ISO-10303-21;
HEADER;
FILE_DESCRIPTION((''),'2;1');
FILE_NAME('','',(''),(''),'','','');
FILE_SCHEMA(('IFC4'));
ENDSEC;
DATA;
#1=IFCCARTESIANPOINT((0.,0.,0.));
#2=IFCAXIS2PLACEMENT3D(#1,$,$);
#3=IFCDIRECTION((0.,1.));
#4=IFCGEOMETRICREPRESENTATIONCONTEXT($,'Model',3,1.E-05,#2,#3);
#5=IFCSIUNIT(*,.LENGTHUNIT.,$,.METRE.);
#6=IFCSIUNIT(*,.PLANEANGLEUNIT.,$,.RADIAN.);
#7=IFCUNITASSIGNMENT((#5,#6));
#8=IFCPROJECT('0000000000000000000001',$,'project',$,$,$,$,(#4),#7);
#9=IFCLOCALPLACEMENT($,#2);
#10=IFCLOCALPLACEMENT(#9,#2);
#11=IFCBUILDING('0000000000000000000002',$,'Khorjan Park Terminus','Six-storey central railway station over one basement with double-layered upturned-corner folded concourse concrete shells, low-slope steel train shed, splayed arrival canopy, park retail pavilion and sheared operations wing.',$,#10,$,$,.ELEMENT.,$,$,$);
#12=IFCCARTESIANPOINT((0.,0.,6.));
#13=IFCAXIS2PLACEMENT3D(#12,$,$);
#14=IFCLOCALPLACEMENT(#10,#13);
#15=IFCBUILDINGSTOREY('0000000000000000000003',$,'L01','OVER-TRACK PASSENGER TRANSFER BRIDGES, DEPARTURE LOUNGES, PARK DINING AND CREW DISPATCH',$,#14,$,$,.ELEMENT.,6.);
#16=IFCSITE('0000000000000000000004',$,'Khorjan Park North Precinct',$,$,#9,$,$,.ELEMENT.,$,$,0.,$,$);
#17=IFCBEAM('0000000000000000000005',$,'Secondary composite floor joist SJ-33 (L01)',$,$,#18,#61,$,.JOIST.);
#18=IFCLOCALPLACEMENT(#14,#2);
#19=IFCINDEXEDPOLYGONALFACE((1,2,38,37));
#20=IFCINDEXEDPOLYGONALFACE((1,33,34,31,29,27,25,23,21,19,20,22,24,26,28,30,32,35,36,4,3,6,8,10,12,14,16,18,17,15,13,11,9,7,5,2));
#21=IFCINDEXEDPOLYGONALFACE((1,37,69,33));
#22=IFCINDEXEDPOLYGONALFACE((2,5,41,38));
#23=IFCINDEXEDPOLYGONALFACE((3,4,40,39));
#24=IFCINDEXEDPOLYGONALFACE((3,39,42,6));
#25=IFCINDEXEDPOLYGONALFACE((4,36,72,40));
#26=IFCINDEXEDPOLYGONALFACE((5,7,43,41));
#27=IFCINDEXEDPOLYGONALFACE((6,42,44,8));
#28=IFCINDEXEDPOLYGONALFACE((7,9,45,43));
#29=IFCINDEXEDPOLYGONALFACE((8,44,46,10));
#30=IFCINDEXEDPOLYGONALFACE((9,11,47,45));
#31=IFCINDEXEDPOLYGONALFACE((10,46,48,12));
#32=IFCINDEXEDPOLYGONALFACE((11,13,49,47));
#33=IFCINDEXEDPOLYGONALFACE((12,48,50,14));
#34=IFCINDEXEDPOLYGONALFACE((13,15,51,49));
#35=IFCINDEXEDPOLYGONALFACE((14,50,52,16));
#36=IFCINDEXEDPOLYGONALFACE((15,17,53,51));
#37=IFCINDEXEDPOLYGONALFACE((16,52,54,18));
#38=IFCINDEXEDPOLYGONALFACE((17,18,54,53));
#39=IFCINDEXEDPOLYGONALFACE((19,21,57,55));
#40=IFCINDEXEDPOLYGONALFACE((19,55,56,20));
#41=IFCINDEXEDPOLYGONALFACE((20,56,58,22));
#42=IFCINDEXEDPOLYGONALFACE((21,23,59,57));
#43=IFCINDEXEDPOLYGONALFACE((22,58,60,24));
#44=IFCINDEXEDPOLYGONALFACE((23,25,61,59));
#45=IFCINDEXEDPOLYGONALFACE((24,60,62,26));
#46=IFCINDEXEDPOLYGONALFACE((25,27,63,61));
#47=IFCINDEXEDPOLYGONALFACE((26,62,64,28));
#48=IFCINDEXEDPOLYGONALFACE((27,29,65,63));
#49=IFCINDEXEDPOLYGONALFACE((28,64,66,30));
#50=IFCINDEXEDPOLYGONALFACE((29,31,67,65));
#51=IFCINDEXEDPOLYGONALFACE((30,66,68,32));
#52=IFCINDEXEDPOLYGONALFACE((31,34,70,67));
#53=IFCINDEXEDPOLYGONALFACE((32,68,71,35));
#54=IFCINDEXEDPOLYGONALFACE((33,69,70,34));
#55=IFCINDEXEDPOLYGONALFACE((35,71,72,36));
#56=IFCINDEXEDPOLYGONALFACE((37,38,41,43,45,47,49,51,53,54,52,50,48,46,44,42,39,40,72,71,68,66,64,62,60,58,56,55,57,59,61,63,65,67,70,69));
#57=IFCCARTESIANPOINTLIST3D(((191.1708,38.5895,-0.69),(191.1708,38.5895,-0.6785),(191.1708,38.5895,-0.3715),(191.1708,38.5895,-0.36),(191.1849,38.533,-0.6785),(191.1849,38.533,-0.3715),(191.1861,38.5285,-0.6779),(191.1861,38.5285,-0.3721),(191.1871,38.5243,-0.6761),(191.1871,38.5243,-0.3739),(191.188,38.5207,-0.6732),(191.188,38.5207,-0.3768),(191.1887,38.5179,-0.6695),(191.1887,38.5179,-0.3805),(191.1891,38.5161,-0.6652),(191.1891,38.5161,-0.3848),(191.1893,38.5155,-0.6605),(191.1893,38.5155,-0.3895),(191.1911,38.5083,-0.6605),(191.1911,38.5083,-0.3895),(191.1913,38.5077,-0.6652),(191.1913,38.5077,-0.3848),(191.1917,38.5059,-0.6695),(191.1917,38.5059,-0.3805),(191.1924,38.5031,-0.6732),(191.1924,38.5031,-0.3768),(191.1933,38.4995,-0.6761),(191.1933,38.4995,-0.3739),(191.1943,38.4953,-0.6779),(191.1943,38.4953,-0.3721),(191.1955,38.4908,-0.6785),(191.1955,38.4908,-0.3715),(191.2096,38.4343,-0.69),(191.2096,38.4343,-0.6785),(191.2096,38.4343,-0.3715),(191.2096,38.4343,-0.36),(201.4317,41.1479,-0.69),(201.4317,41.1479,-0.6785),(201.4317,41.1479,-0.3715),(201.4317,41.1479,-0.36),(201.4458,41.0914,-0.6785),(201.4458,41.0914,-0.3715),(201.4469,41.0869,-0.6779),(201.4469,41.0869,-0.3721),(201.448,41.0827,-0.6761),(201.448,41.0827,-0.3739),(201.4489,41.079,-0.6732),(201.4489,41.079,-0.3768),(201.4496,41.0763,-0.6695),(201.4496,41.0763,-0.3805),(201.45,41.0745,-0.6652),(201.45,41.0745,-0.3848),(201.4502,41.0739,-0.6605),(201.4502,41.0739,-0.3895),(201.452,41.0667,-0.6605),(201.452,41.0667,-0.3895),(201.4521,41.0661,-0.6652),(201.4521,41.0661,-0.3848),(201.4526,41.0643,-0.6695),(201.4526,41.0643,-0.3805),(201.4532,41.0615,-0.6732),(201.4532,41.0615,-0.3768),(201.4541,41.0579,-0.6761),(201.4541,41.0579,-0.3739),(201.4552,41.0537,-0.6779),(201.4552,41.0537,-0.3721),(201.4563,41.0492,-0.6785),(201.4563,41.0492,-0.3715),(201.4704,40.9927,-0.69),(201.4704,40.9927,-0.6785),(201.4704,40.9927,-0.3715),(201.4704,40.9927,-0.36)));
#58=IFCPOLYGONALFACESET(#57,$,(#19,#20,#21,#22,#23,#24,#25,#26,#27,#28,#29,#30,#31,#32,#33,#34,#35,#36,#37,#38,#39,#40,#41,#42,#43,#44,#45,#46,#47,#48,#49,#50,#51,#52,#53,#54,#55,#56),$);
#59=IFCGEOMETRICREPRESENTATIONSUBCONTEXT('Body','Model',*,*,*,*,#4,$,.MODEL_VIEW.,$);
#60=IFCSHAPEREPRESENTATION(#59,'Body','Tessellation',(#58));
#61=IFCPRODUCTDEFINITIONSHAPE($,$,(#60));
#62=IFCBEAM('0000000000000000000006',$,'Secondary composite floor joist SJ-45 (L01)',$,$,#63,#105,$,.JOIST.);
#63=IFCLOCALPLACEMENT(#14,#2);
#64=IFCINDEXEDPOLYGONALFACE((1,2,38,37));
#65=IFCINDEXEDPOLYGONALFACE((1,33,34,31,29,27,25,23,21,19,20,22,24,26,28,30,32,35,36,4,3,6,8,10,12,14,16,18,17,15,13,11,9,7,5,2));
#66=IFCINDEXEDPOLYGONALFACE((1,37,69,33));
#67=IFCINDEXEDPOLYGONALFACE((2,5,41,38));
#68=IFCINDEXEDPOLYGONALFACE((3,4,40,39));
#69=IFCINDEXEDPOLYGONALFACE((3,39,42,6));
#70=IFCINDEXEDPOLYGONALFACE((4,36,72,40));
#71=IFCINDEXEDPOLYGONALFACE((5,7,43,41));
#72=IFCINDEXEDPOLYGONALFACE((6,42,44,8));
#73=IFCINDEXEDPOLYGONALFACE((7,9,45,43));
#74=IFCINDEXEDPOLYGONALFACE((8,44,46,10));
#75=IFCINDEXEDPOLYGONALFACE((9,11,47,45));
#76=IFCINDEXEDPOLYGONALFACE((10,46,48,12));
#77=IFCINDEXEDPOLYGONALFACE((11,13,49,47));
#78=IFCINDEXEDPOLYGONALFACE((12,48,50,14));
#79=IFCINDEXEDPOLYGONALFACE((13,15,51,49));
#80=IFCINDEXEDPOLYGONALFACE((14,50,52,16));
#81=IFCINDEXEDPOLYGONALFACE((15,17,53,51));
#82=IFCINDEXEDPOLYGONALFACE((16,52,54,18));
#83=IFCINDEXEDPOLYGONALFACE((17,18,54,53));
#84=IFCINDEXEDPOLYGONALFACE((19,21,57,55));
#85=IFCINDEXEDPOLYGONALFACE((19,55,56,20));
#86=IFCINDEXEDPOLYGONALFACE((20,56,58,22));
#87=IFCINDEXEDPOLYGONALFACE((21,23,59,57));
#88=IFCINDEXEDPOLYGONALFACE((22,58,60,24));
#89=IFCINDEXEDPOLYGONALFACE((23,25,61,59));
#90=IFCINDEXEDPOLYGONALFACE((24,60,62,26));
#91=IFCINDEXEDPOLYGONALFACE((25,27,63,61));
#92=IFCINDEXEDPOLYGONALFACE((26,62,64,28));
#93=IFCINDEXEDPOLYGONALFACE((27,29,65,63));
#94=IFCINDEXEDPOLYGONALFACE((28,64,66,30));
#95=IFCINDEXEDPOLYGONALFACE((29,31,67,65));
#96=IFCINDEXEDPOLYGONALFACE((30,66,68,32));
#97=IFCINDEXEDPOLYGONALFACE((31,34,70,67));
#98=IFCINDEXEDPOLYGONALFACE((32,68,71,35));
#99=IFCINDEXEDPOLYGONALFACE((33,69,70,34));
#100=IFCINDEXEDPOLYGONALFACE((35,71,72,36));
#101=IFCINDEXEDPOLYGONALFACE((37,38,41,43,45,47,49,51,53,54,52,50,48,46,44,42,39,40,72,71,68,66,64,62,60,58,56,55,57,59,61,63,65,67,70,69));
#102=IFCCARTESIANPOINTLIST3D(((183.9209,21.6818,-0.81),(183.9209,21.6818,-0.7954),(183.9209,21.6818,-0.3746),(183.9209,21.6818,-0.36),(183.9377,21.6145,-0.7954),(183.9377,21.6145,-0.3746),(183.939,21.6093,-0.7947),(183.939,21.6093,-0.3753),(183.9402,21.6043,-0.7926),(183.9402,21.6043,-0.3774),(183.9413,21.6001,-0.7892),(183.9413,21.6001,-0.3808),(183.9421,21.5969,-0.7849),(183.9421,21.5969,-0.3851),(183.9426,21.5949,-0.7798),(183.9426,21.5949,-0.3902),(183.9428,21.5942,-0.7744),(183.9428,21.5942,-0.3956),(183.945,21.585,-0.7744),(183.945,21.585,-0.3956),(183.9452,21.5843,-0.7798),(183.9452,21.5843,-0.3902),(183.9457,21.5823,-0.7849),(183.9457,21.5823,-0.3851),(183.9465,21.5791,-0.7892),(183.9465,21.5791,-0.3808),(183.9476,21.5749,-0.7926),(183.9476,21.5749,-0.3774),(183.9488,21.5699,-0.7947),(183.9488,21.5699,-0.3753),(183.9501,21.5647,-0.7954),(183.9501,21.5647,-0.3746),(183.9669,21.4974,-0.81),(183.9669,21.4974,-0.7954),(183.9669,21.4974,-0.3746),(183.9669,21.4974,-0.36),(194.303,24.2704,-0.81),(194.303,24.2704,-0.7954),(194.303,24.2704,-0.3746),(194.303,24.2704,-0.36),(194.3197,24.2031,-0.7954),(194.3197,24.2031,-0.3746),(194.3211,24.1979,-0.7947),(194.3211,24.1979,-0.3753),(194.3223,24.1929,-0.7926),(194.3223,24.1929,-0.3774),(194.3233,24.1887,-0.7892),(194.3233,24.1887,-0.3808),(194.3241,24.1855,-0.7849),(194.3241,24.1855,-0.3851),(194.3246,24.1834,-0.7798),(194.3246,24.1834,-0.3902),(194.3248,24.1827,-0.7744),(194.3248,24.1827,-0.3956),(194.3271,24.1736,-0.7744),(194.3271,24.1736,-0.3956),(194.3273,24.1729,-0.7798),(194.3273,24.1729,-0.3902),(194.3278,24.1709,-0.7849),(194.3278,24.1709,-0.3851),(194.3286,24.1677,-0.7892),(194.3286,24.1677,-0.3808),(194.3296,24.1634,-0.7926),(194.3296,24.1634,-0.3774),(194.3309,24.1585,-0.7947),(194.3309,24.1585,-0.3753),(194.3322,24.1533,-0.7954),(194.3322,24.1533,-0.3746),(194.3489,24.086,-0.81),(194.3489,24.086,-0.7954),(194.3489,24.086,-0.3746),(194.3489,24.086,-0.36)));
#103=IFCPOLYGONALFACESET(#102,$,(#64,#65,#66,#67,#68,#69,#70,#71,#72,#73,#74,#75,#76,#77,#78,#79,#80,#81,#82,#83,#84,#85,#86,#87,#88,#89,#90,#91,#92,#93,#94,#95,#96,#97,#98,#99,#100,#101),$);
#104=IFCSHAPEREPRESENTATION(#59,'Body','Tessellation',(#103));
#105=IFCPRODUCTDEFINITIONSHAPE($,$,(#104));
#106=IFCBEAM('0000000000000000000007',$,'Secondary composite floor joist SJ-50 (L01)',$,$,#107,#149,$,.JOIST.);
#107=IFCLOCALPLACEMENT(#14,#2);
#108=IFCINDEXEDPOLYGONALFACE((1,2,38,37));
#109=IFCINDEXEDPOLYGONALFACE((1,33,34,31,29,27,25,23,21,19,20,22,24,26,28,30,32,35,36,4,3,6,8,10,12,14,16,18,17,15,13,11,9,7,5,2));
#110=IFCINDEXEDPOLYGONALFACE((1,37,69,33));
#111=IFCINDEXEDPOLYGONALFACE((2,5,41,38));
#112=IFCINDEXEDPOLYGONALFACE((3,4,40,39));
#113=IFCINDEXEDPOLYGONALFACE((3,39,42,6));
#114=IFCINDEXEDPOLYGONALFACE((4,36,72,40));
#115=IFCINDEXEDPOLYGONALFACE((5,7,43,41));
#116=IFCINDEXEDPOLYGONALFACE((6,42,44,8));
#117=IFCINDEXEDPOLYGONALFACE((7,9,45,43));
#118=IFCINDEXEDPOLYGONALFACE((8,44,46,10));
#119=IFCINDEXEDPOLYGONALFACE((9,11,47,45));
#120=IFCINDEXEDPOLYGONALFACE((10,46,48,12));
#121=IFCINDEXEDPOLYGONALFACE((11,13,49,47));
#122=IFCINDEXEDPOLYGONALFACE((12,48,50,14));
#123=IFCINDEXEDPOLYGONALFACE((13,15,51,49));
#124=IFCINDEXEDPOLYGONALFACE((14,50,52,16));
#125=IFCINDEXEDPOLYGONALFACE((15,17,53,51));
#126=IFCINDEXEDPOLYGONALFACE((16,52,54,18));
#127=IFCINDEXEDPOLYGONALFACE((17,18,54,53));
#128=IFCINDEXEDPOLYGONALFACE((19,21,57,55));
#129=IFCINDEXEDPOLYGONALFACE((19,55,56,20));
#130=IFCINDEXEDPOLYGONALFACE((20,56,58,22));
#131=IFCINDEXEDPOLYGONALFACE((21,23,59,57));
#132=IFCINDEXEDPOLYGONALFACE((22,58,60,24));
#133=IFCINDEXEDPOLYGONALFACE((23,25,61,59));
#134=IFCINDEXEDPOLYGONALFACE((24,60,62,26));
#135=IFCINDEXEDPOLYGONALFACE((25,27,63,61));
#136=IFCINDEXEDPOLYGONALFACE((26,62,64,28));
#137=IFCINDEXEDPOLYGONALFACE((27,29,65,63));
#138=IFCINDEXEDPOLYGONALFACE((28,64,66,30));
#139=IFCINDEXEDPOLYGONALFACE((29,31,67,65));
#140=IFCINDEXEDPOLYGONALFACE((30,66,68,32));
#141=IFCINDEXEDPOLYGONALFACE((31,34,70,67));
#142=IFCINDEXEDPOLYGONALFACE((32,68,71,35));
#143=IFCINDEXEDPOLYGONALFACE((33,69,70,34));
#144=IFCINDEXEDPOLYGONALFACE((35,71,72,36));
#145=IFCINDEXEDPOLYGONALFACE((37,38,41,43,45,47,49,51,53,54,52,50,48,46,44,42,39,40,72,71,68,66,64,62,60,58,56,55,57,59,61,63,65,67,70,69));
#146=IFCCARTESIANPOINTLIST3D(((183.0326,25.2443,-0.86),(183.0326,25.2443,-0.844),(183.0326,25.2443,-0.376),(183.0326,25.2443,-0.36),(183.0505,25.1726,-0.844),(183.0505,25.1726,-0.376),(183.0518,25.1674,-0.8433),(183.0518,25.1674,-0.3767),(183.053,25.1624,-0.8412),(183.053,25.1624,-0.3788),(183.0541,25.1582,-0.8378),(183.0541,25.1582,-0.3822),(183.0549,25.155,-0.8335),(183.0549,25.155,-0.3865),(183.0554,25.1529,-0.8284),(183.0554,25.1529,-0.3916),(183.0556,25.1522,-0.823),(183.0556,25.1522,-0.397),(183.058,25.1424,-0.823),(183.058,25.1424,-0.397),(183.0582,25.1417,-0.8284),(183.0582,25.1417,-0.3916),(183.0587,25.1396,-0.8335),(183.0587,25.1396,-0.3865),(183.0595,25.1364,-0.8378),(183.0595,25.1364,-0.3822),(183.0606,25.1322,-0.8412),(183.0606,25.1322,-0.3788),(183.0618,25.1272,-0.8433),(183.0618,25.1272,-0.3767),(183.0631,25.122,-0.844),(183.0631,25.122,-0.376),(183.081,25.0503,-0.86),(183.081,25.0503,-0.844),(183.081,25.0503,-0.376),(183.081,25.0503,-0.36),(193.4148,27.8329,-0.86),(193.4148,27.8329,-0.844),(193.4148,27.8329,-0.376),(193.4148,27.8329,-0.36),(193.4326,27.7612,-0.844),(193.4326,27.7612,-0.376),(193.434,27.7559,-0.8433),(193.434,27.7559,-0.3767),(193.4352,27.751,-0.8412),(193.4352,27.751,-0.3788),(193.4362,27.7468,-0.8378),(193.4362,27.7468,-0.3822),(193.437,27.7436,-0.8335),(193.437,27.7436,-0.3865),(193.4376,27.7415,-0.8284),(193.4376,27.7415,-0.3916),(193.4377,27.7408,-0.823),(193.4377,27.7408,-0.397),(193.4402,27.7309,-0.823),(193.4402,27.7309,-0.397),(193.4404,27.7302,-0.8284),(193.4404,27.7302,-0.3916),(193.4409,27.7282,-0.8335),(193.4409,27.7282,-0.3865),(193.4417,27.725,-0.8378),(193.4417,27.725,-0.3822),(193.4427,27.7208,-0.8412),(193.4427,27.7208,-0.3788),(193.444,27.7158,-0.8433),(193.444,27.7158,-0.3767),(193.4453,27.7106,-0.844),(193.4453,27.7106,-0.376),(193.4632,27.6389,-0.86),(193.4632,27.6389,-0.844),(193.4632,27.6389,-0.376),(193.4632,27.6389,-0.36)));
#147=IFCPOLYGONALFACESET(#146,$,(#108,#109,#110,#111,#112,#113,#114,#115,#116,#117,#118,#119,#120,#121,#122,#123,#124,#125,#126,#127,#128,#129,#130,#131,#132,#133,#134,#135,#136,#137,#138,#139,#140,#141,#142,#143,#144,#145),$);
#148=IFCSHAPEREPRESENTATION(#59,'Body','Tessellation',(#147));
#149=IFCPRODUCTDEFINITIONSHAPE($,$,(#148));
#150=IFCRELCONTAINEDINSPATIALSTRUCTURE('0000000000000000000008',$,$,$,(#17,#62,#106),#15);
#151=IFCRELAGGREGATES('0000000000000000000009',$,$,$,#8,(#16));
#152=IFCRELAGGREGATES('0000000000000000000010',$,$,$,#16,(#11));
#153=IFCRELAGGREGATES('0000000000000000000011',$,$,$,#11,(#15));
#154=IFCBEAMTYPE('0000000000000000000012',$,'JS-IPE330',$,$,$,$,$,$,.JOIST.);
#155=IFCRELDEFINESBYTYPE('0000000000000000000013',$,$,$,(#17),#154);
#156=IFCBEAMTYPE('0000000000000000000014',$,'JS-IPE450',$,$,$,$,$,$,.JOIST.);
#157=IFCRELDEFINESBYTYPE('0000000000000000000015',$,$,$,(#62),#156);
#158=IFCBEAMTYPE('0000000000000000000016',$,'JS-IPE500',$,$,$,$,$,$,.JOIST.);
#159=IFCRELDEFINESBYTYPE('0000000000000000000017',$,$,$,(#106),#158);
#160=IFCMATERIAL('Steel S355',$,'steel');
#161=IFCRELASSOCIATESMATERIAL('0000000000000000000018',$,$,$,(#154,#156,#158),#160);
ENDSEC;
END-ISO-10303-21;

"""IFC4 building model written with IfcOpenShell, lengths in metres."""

from ifc_helpers import new_model, si_unit, direction, frame, origin, origin_2d, place, context, subcontext, project, spatial, i_section, extrude, material, material_profile, profile_set, type_object, element, save


model = new_model("IFC4")

# Units and contexts
model_context = context("Model", 3, precision=1e-05, world=origin(), true_north=direction((0.0, 1.0)))
body_context = subcontext(model_context, "Body", "Model", "MODEL_VIEW")
ifc_project = project(units=[si_unit("LENGTHUNIT", "METRE"), si_unit("PLANEANGLEUNIT", "RADIAN")], contexts=[model_context])

# Site, building, storey
site_placement = place(None, origin())
site = spatial("IfcSite", under=ifc_project, at=site_placement, Name="Khorjan Park North Precinct", CompositionType="ELEMENT", RefElevation=0.0)
building_placement = place(site_placement, origin())
building = spatial("IfcBuilding", under=site, at=building_placement, Name="Khorjan Park Terminus", Description="Six-storey central railway station over one basement with double-layered upturned-corner folded concourse concrete shells, low-slope steel train shed, splayed arrival canopy, park retail pavilion and sheared operations wing.", CompositionType="ELEMENT")
storey_placement = place(building_placement, frame((0.0, 0.0, 6.0)))
storey = spatial("IfcBuildingStorey", under=building, at=storey_placement, Name="L01", Description="OVER-TRACK PASSENGER TRANSFER BRIDGES, DEPARTURE LOUNGES, PARK DINING AND CREW DISPATCH", CompositionType="ELEMENT", Elevation=6.0)

# Beams
ifc_material_1 = material(Name="Steel S355", Category="steel")
ifc_material_profile_1 = material_profile(ifc_material_1, i_section(OverallWidth=0.16, OverallDepth=0.33, WebThickness=0.0075, FlangeThickness=0.0115, FilletRadius=0.018, at=origin_2d()), Name="IPE 330")
ifc_profile_set_1 = profile_set([ifc_material_profile_1], Name="Steel S355")
beam_type_1 = type_object("IfcBeamType", Name="JS-IPE330", PredefinedType="JOIST", material=ifc_profile_set_1)
beam_1_placement = place(storey_placement, frame((191.1902, 38.5119, -0.525), z_axis=(0.970294, 0.241928, 0.0), x_axis=(-0.241928, 0.970294, 0.0)))
element("IfcBeam", 1, at=beam_1_placement, inside=storey, type_object=beam_type_1, Name="Secondary composite floor joist SJ-33 (L01)", PredefinedType="JOIST", context=body_context, shape_type="SweptSolid", body=[
    extrude(i_section(OverallWidth=0.16, OverallDepth=0.33, WebThickness=0.0075, FlangeThickness=0.0115, FilletRadius=0.018, at=origin_2d()), origin(), (0.0, 0.0, 1.0), 10.575),
])
ifc_material_profile_2 = material_profile(ifc_material_1, i_section(OverallWidth=0.19, OverallDepth=0.45, WebThickness=0.0094, FlangeThickness=0.0146, FilletRadius=0.021, at=origin_2d()), Name="IPE 450")
ifc_profile_set_2 = profile_set([ifc_material_profile_2], Name="Steel S355")
beam_type_2 = type_object("IfcBeamType", Name="JS-IPE450", PredefinedType="JOIST", material=ifc_profile_set_2)
beam_2_placement = place(storey_placement, frame((183.9439, 21.5896, -0.585), z_axis=(0.970295, 0.241926, 0.0), x_axis=(-0.241926, 0.970295, 0.0)))
element("IfcBeam", 2, at=beam_2_placement, inside=storey, type_object=beam_type_2, Name="Secondary composite floor joist SJ-45 (L01)", PredefinedType="JOIST", context=body_context, shape_type="SweptSolid", body=[
    extrude(i_section(OverallWidth=0.19, OverallDepth=0.45, WebThickness=0.0094, FlangeThickness=0.0146, FilletRadius=0.021, at=origin_2d()), origin(), (0.0, 0.0, 1.0), 10.6999),
])
ifc_material_profile_3 = material_profile(ifc_material_1, i_section(OverallWidth=0.2, OverallDepth=0.5, WebThickness=0.0102, FlangeThickness=0.016, FilletRadius=0.021, at=origin_2d()), Name="IPE 500")
ifc_profile_set_3 = profile_set([ifc_material_profile_3], Name="Steel S355")
beam_type_3 = type_object("IfcBeamType", Name="JS-IPE500", PredefinedType="JOIST", material=ifc_profile_set_3)
beam_3_placement = place(storey_placement, frame((183.0568, 25.1473, -0.61), z_axis=(0.970295, 0.241924, 0.0), x_axis=(-0.241924, 0.970295, 0.0)))
element("IfcBeam", 3, at=beam_3_placement, inside=storey, type_object=beam_type_3, Name="Secondary composite floor joist SJ-50 (L01)", PredefinedType="JOIST", context=body_context, shape_type="SweptSolid", body=[
    extrude(i_section(OverallWidth=0.2, OverallDepth=0.5, WebThickness=0.0102, FlangeThickness=0.016, FilletRadius=0.021, at=origin_2d()), origin(), (0.0, 0.0, 1.0), 10.7),
])

save(model, "model.ifc")
